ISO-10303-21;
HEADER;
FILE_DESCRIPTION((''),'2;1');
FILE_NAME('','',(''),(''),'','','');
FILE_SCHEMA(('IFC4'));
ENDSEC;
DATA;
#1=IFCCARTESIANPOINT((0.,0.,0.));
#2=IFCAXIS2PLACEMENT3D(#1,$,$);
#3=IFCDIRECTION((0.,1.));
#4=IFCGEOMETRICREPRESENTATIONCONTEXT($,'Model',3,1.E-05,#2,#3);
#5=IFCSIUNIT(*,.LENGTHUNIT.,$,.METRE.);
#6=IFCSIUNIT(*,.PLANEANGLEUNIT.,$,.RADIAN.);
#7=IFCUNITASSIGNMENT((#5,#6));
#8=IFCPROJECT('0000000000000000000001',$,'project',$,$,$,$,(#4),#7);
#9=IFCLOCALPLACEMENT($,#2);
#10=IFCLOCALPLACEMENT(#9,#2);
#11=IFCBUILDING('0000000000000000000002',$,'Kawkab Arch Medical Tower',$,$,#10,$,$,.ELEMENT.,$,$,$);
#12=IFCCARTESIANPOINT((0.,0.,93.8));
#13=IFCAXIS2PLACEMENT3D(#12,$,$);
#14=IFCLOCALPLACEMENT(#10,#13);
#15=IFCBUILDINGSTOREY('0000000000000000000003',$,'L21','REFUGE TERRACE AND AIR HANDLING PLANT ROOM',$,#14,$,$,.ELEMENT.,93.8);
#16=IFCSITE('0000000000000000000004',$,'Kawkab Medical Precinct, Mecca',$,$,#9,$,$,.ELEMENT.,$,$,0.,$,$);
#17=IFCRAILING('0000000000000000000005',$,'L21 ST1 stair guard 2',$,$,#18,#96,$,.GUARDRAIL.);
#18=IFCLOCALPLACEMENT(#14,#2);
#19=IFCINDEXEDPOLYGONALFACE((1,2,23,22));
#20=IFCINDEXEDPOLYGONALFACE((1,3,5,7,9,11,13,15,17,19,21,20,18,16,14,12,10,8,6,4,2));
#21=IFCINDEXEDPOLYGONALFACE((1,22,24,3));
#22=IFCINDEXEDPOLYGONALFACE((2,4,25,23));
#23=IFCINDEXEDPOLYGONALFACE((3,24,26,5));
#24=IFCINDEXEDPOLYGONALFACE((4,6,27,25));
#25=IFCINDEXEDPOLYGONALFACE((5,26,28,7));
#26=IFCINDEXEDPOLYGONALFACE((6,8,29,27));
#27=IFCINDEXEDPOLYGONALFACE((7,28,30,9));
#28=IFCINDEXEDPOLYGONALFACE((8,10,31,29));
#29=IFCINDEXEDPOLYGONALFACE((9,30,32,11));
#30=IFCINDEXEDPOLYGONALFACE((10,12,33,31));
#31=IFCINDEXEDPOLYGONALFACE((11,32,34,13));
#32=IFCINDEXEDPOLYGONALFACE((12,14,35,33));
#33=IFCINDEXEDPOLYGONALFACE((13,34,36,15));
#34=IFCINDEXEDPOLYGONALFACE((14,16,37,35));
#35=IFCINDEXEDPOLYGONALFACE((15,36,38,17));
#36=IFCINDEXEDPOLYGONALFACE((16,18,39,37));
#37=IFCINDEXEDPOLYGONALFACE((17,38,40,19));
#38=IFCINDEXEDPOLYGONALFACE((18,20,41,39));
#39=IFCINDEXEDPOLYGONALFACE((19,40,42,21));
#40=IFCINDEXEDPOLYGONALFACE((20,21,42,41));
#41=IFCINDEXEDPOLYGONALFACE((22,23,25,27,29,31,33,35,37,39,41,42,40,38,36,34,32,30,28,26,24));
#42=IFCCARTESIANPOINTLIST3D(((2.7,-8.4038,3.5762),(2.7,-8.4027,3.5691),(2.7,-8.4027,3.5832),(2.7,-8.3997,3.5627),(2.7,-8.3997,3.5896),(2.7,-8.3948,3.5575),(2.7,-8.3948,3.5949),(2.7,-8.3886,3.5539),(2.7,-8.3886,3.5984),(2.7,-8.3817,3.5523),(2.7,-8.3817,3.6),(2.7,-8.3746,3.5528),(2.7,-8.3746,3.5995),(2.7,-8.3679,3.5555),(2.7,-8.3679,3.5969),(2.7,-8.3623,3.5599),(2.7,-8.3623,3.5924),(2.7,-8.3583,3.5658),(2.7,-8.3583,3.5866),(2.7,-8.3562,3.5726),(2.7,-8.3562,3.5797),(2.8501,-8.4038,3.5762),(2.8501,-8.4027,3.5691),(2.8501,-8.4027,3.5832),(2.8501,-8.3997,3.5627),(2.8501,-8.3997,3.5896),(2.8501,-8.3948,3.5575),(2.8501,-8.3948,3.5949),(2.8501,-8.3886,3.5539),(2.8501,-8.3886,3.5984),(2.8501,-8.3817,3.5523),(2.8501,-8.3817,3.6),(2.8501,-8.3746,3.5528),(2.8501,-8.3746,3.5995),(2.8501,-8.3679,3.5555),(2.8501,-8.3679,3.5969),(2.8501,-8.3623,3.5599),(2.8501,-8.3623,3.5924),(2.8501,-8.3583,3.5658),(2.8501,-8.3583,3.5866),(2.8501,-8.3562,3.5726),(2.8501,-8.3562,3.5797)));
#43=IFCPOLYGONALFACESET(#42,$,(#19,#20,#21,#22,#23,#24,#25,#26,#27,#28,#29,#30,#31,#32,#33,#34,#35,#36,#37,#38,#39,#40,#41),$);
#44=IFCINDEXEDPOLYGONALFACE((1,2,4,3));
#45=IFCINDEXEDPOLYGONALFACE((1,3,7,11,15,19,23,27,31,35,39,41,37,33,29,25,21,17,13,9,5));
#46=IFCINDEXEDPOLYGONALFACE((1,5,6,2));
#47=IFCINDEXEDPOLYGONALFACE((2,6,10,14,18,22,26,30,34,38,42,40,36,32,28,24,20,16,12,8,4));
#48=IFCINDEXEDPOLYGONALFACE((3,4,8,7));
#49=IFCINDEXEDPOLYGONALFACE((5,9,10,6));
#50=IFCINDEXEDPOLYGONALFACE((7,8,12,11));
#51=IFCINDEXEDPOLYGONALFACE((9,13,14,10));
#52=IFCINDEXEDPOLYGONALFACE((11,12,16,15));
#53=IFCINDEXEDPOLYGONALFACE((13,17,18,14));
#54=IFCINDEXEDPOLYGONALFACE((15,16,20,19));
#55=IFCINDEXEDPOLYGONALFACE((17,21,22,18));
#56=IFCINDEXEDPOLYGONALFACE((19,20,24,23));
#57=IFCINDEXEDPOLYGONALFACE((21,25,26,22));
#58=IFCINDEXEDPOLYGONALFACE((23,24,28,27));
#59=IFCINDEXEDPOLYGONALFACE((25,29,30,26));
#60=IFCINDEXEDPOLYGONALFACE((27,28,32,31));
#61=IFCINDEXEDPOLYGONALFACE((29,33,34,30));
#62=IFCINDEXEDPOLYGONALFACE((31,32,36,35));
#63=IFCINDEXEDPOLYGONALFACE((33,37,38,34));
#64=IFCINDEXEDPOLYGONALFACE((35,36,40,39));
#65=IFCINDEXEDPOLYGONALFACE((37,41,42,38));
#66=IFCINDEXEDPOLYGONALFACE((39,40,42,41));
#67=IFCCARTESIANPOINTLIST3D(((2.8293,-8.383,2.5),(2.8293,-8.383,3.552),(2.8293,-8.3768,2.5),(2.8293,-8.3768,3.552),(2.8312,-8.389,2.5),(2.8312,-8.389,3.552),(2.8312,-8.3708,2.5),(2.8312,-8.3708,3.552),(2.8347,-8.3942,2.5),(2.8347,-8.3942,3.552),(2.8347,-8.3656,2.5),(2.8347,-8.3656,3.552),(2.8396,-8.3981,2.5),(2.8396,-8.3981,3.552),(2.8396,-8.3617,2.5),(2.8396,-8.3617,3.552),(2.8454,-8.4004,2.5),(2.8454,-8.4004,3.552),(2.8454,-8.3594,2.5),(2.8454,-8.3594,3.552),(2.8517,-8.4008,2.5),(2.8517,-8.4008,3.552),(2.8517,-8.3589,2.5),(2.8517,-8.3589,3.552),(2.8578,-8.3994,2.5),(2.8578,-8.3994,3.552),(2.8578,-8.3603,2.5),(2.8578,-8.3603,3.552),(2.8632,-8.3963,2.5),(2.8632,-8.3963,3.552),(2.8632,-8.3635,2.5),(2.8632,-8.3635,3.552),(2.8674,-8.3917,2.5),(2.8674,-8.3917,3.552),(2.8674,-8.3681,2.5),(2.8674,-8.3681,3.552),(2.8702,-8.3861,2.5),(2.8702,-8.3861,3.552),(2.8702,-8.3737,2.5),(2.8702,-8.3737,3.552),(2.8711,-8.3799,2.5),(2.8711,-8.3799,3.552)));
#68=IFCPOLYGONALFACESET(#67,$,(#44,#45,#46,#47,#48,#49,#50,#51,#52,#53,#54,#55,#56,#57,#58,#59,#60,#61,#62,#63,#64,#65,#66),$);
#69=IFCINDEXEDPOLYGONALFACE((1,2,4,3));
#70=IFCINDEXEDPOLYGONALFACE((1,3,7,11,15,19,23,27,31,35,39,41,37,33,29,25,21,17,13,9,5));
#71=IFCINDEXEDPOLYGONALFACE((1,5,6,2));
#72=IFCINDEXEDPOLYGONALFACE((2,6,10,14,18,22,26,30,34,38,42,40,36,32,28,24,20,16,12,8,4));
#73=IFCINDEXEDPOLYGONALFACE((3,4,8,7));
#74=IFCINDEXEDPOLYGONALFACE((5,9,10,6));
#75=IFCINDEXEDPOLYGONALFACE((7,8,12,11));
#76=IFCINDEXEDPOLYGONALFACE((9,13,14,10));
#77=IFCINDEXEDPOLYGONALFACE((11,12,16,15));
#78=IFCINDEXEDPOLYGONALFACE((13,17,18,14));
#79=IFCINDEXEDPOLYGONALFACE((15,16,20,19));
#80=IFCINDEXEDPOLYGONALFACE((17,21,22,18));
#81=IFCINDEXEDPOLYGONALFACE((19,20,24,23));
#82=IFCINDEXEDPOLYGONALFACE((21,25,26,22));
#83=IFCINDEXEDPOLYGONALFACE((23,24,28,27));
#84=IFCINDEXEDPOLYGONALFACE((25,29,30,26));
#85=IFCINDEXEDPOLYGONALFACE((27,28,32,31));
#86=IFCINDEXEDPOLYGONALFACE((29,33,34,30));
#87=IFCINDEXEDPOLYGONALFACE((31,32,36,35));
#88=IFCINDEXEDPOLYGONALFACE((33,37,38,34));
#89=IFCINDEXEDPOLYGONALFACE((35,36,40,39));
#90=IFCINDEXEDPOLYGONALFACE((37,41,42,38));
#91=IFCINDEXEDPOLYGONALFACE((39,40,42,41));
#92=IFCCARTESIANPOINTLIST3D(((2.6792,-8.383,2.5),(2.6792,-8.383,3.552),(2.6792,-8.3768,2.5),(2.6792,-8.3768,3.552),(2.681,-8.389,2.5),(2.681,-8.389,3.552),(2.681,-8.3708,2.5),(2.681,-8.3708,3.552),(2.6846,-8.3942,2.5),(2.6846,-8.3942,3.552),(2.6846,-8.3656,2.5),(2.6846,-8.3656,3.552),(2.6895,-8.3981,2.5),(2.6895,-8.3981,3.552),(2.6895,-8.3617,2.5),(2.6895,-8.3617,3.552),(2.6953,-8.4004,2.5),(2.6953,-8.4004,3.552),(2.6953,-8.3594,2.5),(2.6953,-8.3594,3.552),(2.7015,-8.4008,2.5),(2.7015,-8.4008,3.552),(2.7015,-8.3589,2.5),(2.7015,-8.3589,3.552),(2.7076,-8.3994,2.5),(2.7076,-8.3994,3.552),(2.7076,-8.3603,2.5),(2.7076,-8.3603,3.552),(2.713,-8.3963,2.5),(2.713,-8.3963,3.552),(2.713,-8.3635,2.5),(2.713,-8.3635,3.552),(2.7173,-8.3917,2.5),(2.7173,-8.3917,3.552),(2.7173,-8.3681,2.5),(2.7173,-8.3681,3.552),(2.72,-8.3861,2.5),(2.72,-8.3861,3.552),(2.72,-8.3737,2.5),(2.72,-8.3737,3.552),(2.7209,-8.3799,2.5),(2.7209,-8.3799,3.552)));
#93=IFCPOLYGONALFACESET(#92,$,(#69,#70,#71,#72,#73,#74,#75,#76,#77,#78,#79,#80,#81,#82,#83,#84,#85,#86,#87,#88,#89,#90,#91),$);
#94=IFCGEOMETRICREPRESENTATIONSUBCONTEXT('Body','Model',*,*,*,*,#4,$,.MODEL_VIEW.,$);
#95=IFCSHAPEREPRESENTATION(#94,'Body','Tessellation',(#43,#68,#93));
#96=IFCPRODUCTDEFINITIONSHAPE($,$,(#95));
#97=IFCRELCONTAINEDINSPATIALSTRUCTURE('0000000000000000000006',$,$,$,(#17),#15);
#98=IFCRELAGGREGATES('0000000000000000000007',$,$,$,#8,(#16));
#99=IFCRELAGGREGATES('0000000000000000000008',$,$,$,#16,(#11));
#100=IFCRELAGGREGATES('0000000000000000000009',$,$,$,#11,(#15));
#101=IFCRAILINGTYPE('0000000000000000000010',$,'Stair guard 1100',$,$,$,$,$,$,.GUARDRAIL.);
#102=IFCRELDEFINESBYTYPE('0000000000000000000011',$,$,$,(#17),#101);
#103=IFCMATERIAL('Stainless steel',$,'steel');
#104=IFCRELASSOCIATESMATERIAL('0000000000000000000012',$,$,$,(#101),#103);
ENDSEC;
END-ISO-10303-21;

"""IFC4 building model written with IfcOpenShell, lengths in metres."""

from ifc_helpers import new_model, si_unit, direction, frame, origin, origin_2d, place, context, subcontext, project, spatial, circle, extrude, material, type_object, element, save


model = new_model("IFC4")

# Units and contexts
model_context = context("Model", 3, precision=1e-05, world=origin(), true_north=direction((0.0, 1.0)))
body_context = subcontext(model_context, "Body", "Model", "MODEL_VIEW")
ifc_project = project(units=[si_unit("LENGTHUNIT", "METRE"), si_unit("PLANEANGLEUNIT", "RADIAN")], contexts=[model_context])

# Site, building, storey
site_placement = place(None, origin())
site = spatial("IfcSite", under=ifc_project, at=site_placement, Name="Kawkab Medical Precinct, Mecca", CompositionType="ELEMENT", RefElevation=0.0)
building_placement = place(site_placement, origin())
building = spatial("IfcBuilding", under=site, at=building_placement, Name="Kawkab Arch Medical Tower", CompositionType="ELEMENT")
storey_placement = place(building_placement, frame((0.0, 0.0, 93.8)))
storey = spatial("IfcBuildingStorey", under=building, at=storey_placement, Name="L21", Description="REFUGE TERRACE AND AIR HANDLING PLANT ROOM", CompositionType="ELEMENT", Elevation=93.8)

# Railing
ifc_material_1 = material(Name="Stainless steel", Category="steel")
railing_type = type_object("IfcRailingType", Name="Stair guard 1100", PredefinedType="GUARDRAIL", material=ifc_material_1)
railing_1_placement = place(storey_placement, frame((2.8501, -8.3799, 2.5)))
element("IfcRailing", 1, at=railing_1_placement, inside=storey, type_object=railing_type, Name="L21 ST1 stair guard 2", PredefinedType="GUARDRAIL", context=body_context, shape_type="SweptSolid", body=[
    extrude(circle(Radius=0.0239, at=origin_2d()), frame((0.0, 0.0, 1.0762), z_axis=(-1.0, 0.0, 0.0), x_axis=(0.0, -1.0, 0.0)), (0.0, 0.0, 1.0), 0.1501),
    extrude(circle(Radius=0.021, at=origin_2d()), origin(), (0.0, 0.0, 1.0), 1.052),
    extrude(circle(Radius=0.021, at=origin_2d()), frame((-0.1501, 0.0, 0.0)), (0.0, 0.0, 1.0), 1.052),
])

save(model, "model.ifc")
